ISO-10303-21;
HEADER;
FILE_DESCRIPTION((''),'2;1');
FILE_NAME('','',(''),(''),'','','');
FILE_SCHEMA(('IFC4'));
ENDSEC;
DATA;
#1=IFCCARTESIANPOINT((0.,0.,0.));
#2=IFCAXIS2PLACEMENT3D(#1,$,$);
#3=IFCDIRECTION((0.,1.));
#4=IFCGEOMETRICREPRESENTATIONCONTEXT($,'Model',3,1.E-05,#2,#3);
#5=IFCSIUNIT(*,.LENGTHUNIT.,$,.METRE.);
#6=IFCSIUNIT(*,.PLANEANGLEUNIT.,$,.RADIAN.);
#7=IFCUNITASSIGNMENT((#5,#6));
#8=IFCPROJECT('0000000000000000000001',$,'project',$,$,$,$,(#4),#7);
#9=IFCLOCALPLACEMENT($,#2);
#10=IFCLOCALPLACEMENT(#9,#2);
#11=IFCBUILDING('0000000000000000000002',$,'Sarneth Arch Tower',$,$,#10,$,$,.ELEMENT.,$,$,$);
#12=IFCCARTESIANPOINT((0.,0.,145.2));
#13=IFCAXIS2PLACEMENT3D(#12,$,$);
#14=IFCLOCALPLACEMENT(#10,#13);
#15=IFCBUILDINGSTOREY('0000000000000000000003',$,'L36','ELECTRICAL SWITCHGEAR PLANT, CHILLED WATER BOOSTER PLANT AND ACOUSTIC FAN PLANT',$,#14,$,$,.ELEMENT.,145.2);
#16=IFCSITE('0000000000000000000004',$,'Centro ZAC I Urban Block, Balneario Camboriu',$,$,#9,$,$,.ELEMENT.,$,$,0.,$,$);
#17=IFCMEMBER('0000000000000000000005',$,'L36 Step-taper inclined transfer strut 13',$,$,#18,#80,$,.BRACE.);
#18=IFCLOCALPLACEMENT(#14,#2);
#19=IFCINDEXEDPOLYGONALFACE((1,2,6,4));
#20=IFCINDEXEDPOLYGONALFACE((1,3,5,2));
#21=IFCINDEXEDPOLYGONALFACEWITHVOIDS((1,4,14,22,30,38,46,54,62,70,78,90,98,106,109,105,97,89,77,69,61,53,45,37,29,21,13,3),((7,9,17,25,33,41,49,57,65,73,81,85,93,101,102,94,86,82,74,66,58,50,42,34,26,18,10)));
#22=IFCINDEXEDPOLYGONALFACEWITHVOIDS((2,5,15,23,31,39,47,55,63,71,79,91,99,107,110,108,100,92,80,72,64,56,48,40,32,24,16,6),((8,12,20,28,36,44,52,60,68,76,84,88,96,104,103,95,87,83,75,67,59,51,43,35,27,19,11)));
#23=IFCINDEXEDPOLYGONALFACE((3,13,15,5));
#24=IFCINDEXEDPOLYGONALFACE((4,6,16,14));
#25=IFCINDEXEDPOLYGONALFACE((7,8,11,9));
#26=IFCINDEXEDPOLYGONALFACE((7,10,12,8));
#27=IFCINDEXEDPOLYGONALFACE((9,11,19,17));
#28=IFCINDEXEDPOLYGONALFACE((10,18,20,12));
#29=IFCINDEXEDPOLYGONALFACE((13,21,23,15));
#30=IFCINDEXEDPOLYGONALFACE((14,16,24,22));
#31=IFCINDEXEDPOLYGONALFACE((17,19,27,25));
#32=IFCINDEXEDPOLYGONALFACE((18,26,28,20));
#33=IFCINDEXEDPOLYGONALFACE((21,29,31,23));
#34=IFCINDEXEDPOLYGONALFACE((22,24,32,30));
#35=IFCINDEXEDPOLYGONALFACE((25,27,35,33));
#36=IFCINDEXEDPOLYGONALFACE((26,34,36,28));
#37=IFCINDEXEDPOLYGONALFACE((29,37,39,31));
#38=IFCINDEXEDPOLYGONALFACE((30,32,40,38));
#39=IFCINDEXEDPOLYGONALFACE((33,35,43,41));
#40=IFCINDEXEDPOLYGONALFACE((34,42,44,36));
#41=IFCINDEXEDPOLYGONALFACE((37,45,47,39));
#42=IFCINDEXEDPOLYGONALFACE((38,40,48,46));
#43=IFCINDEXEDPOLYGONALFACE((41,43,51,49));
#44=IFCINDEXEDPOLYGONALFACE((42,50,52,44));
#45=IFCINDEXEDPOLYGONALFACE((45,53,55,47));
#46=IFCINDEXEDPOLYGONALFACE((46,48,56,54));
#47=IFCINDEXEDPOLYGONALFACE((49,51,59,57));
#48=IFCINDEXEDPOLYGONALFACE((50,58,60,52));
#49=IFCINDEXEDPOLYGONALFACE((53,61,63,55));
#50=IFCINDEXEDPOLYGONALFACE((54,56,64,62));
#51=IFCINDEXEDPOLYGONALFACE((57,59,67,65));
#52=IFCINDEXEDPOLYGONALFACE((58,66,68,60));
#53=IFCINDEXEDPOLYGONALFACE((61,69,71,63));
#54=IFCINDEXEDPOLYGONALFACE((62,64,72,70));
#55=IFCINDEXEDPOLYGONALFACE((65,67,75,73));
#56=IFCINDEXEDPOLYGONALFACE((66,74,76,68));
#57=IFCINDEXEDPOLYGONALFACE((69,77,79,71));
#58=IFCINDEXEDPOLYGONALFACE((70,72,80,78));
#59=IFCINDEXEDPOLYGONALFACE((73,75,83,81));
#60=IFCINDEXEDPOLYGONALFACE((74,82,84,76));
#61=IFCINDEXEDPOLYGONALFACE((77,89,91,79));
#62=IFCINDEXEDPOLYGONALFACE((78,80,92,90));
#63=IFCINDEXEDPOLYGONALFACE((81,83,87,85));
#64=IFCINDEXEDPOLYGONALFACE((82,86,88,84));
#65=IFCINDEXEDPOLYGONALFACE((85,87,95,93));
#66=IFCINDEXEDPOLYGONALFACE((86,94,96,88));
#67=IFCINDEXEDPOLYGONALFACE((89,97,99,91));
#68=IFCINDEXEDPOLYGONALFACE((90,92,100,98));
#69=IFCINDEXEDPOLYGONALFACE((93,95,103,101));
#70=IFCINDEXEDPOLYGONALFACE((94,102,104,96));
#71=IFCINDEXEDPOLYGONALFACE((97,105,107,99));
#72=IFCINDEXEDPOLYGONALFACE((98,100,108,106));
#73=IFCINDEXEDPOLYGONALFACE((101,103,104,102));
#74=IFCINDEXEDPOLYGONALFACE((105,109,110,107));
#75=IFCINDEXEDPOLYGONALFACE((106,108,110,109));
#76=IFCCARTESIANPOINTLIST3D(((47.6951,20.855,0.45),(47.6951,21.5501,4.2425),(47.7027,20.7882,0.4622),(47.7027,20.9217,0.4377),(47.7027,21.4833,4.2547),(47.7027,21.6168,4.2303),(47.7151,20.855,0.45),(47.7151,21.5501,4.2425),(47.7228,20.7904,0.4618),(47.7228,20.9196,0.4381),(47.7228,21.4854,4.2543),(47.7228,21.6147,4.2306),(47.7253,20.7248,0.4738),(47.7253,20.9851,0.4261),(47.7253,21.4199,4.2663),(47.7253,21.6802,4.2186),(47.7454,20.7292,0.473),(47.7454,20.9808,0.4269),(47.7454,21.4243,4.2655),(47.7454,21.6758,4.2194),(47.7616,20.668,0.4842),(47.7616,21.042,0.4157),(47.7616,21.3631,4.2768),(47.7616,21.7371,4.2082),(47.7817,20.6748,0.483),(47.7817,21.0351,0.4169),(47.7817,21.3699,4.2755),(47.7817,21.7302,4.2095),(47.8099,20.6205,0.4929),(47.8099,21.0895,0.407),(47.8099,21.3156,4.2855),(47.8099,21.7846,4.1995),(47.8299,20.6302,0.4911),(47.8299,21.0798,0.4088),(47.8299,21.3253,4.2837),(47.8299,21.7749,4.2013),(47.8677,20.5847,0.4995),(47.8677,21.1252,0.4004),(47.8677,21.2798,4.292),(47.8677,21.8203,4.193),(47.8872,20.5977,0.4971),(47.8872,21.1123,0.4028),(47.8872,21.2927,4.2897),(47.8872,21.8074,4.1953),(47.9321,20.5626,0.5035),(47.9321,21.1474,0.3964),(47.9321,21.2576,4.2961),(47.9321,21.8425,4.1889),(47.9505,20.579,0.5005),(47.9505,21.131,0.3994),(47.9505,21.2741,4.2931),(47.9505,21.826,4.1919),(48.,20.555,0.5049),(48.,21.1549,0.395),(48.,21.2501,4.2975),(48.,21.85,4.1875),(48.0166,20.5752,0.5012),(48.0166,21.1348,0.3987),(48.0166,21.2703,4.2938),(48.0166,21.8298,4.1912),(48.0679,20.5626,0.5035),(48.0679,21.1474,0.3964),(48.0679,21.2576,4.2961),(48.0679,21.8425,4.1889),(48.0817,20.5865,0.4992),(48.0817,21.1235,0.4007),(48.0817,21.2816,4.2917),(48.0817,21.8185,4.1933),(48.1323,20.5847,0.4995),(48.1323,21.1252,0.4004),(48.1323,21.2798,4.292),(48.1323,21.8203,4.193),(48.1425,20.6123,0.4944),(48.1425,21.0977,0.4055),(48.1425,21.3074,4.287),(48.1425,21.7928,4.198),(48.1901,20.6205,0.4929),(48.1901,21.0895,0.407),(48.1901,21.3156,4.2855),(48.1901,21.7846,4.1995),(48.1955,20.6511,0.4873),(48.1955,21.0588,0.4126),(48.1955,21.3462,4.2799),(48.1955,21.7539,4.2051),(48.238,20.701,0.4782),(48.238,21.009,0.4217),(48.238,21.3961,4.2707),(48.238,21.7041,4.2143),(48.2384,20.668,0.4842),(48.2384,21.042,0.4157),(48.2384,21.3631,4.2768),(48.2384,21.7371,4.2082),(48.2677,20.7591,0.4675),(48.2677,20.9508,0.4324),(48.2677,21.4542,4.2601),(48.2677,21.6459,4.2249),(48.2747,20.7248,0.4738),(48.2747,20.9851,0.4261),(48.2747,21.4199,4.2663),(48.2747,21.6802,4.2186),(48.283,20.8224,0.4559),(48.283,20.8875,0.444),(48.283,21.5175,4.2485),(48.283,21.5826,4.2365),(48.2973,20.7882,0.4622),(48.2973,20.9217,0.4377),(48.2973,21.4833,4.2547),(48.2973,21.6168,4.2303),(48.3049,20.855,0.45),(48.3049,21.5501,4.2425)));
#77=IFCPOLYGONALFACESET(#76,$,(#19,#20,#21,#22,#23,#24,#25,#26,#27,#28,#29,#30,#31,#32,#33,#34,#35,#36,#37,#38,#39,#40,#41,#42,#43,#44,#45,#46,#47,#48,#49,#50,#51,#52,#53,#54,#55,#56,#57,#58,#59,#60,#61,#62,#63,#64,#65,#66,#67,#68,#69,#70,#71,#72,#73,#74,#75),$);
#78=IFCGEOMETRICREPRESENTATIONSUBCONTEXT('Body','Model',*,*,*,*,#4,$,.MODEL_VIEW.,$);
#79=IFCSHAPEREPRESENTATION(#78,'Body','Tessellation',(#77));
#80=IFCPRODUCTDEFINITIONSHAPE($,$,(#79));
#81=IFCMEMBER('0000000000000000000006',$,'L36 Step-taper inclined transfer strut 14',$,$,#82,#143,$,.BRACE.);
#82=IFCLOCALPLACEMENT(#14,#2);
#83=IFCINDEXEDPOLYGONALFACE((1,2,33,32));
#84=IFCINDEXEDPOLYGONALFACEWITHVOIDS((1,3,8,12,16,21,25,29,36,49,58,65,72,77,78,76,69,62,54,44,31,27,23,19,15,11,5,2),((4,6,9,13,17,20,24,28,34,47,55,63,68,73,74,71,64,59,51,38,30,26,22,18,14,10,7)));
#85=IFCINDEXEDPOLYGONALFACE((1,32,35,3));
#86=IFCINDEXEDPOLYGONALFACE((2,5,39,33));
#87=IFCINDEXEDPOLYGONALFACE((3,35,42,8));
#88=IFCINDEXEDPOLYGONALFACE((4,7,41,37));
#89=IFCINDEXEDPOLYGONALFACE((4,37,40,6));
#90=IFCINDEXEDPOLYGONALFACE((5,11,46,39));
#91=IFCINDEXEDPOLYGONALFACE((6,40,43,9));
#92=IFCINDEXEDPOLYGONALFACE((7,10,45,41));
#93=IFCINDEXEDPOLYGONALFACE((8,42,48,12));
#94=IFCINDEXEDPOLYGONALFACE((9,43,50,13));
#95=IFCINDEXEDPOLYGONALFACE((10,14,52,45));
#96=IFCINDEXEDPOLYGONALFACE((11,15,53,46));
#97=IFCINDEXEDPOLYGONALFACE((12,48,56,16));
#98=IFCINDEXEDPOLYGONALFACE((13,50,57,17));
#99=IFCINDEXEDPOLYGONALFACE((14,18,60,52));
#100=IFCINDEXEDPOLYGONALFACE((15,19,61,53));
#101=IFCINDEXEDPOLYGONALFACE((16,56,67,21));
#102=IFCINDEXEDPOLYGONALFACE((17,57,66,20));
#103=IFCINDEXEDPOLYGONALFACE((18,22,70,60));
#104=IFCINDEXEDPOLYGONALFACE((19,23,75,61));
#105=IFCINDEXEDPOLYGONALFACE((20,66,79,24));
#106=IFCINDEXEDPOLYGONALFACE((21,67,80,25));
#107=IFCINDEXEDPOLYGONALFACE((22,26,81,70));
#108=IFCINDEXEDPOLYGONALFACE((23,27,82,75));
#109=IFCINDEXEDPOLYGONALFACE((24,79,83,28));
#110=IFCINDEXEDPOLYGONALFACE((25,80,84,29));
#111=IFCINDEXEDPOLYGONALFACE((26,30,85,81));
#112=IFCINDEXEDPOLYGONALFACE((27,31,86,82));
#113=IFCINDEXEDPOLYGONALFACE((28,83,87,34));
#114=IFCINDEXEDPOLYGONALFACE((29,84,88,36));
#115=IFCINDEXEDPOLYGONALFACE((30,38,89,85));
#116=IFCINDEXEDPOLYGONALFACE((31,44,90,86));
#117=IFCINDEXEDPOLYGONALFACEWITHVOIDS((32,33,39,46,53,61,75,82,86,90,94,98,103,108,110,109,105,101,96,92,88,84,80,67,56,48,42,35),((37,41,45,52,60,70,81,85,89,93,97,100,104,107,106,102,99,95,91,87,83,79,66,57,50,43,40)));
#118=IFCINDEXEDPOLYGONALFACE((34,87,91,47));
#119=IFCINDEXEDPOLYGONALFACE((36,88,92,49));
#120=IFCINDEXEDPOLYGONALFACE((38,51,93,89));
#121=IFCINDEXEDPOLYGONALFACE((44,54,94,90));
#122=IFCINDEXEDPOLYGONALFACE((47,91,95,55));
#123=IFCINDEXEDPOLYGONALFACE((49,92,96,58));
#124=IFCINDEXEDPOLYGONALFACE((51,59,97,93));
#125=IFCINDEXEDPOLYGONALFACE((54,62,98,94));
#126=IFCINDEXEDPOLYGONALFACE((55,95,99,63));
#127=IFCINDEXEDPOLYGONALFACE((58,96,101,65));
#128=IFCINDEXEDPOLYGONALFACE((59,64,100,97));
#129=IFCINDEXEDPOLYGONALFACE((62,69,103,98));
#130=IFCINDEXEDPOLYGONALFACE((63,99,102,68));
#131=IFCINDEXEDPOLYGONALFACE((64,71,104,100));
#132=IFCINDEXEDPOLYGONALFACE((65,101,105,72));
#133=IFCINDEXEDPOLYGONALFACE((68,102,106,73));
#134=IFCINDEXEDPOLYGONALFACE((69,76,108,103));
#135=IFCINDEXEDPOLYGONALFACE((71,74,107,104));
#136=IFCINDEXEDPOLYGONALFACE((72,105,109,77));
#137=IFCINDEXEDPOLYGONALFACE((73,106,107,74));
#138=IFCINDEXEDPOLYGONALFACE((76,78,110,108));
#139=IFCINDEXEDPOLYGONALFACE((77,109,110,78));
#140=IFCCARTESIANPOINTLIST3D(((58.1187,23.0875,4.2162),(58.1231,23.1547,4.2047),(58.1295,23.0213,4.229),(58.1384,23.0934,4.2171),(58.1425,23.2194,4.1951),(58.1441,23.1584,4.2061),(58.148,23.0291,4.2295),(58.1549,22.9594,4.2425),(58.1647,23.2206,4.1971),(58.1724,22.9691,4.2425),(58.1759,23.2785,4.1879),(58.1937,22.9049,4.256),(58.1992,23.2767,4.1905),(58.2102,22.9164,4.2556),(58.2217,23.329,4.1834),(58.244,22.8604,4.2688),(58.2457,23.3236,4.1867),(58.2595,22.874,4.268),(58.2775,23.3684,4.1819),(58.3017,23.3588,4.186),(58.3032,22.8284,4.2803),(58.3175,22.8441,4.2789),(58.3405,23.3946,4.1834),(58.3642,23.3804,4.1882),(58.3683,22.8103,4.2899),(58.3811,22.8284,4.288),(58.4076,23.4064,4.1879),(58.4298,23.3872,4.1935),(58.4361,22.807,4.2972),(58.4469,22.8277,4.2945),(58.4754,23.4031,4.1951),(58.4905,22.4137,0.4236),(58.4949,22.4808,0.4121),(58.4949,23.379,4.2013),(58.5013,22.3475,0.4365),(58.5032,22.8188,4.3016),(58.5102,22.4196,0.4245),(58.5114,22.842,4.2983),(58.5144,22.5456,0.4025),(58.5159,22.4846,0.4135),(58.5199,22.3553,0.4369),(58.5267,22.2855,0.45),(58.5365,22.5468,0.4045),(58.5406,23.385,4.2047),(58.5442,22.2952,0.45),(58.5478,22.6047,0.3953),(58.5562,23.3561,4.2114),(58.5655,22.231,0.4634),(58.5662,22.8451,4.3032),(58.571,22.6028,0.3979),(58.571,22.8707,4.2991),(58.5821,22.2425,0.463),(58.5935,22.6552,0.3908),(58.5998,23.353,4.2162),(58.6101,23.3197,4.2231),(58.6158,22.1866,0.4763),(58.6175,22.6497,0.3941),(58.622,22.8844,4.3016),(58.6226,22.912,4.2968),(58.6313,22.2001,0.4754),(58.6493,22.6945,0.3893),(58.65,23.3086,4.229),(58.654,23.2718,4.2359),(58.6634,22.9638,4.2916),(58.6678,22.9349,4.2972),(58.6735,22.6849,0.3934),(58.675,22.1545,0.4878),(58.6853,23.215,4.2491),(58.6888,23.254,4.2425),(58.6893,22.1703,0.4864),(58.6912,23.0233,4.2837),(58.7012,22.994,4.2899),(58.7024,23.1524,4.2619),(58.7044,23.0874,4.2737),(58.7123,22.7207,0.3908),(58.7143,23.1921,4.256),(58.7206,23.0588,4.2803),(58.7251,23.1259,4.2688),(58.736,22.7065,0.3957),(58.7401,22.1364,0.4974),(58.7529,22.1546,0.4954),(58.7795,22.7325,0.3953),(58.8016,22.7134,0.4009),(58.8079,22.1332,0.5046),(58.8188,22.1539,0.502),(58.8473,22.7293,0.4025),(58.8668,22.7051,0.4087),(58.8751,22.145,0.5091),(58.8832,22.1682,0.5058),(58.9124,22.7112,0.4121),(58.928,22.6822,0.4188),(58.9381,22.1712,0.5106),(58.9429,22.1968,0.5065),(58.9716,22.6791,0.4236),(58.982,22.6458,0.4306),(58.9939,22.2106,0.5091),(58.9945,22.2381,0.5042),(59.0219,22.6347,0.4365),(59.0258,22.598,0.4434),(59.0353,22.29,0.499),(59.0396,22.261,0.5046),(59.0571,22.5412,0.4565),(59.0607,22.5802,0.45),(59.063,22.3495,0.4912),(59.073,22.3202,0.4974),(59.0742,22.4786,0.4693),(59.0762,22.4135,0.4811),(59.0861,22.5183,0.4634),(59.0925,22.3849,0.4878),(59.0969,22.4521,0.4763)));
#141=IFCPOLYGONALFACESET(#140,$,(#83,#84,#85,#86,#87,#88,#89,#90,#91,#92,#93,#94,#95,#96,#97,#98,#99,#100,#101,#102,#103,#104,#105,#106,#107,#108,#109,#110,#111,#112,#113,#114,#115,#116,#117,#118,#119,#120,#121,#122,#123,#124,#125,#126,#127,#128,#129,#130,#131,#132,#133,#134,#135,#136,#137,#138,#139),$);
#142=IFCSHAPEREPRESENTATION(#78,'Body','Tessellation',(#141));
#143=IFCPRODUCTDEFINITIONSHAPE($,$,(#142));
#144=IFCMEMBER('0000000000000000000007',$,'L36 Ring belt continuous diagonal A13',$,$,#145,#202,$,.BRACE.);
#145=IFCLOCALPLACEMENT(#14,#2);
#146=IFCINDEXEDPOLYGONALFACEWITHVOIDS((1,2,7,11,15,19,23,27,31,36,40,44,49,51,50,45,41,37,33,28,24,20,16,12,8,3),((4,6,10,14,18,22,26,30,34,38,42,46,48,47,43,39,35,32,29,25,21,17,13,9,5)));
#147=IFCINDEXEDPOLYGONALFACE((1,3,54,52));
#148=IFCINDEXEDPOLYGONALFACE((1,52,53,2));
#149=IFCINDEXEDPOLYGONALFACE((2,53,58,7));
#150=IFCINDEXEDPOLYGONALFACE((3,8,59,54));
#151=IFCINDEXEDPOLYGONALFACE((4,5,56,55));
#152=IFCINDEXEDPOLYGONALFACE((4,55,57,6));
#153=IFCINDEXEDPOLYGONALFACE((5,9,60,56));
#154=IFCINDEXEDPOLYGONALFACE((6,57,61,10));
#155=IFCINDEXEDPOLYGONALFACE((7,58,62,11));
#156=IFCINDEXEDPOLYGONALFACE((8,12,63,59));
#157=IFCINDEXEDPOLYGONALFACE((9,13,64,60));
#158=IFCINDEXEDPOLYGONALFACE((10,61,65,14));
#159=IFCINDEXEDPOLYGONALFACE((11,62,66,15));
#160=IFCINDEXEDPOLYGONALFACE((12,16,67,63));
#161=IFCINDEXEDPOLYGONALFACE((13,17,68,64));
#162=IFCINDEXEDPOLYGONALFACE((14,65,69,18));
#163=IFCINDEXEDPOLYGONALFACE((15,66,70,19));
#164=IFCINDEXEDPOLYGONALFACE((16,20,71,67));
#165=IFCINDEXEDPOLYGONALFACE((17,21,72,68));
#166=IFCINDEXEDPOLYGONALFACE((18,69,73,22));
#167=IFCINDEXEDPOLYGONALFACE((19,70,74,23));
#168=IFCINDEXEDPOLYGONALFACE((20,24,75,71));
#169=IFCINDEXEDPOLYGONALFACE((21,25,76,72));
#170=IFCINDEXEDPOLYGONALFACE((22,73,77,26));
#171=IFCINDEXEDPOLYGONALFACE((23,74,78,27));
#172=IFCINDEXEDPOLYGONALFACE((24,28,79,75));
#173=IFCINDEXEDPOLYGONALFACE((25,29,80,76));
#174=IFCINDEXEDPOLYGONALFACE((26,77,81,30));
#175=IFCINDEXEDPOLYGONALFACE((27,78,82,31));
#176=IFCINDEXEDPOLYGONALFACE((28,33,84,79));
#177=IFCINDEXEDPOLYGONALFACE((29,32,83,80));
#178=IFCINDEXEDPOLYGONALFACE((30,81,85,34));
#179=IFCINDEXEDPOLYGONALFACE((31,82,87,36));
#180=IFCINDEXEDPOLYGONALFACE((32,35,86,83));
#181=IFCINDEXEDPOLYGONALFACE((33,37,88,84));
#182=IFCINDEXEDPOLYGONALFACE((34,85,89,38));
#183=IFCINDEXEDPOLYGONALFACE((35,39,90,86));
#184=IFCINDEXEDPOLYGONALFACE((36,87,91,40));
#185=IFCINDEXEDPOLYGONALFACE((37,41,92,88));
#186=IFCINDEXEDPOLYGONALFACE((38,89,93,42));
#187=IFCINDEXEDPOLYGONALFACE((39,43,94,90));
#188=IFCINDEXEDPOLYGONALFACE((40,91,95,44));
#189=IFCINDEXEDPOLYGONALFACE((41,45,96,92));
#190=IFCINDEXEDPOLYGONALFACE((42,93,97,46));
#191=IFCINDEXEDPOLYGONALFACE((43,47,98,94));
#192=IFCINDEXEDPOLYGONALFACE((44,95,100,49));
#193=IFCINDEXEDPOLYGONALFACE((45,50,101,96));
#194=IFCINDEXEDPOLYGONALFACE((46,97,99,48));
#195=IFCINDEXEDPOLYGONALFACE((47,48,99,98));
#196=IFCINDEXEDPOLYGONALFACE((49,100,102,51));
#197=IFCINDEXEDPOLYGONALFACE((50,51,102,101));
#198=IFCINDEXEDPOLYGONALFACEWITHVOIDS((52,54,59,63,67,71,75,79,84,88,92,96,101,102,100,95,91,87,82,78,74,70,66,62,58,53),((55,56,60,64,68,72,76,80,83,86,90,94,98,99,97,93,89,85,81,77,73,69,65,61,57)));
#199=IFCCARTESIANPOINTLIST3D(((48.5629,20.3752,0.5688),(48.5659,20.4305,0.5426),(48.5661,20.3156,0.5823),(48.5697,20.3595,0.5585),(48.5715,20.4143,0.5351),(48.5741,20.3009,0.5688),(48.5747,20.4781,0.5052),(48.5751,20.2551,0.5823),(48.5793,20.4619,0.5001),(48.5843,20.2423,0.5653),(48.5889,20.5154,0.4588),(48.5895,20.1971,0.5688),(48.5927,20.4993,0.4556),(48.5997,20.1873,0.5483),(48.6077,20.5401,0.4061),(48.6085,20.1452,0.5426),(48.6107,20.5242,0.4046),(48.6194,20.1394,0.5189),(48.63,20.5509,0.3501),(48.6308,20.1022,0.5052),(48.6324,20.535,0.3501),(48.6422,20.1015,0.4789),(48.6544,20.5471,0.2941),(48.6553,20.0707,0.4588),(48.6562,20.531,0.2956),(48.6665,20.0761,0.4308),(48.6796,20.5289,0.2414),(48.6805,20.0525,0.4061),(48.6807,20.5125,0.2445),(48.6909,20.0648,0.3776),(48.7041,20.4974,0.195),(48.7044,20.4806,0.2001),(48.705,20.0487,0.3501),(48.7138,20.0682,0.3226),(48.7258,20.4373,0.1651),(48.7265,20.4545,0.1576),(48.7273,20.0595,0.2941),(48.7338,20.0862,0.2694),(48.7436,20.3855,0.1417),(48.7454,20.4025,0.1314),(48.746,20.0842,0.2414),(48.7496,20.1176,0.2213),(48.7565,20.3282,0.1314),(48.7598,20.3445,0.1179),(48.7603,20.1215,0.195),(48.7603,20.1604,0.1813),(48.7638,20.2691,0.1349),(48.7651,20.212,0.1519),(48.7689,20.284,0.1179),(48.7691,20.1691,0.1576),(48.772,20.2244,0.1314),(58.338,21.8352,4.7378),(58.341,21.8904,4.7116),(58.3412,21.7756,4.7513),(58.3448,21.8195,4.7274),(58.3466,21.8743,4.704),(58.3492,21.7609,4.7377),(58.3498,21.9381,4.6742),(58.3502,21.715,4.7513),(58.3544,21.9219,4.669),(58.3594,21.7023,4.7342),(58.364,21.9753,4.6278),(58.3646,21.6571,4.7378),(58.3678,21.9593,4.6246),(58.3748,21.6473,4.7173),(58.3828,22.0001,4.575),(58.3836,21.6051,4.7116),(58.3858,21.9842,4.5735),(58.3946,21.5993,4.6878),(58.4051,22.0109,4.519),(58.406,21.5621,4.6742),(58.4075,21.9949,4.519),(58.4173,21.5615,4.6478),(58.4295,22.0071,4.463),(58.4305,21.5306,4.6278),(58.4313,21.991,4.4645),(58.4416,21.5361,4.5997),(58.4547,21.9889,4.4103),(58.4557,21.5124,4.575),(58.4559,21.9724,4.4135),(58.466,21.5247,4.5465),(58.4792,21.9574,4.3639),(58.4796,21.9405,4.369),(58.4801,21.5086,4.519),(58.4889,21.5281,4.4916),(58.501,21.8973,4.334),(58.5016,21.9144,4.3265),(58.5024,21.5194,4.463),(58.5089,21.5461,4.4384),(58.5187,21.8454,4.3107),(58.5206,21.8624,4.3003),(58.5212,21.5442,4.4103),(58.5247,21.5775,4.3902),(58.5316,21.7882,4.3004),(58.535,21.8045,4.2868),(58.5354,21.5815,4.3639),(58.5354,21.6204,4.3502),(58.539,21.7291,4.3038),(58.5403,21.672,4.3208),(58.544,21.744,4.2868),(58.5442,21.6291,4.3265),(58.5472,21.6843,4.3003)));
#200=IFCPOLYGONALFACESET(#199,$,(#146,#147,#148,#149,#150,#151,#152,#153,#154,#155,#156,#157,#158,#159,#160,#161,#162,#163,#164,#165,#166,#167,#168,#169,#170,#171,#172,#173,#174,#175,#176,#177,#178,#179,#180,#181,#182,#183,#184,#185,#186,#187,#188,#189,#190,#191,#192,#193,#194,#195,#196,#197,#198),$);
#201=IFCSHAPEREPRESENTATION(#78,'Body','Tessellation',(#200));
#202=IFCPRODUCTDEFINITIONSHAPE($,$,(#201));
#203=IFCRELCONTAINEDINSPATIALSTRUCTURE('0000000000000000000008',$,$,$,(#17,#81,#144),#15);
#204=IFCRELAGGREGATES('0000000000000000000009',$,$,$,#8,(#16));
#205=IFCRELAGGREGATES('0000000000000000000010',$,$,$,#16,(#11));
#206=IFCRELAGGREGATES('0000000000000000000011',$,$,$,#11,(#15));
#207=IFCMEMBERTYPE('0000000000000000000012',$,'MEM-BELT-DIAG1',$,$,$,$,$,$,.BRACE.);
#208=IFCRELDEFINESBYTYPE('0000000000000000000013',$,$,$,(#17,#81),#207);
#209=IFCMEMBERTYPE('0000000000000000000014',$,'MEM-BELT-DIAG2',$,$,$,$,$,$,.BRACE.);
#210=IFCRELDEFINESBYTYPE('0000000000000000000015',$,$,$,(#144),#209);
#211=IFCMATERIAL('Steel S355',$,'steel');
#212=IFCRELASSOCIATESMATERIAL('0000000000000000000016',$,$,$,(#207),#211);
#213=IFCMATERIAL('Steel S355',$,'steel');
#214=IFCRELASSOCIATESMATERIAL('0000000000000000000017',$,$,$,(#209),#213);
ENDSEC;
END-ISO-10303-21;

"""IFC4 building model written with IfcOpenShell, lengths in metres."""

from ifc_helpers import new_model, si_unit, direction, frame, origin, origin_2d, place, context, subcontext, project, spatial, hollow_circle, extrude, material, material_profile, profile_set, type_object, element, save


model = new_model("IFC4")

# Units and contexts
model_context = context("Model", 3, precision=1e-05, world=origin(), true_north=direction((0.0, 1.0)))
body_context = subcontext(model_context, "Body", "Model", "MODEL_VIEW")
ifc_project = project(units=[si_unit("LENGTHUNIT", "METRE"), si_unit("PLANEANGLEUNIT", "RADIAN")], contexts=[model_context])

# Site, building, storey
site_placement = place(None, origin())
site = spatial("IfcSite", under=ifc_project, at=site_placement, Name="Centro ZAC I Urban Block, Balneario Camboriu", CompositionType="ELEMENT", RefElevation=0.0)
building_placement = place(site_placement, origin())
building = spatial("IfcBuilding", under=site, at=building_placement, Name="Sarneth Arch Tower", CompositionType="ELEMENT")
storey_placement = place(building_placement, frame((0.0, 0.0, 145.2)))
storey = spatial("IfcBuildingStorey", under=building, at=storey_placement, Name="L36", Description="ELECTRICAL SWITCHGEAR PLANT, CHILLED WATER BOOSTER PLANT AND ACOUSTIC FAN PLANT", CompositionType="ELEMENT", Elevation=145.2)

# Members
ifc_material_1 = material(Name="Steel S355", Category="steel")
ifc_material_profile_1 = material_profile(ifc_material_1, hollow_circle(Radius=0.3049, WallThickness=0.02, at=origin_2d()), Name="CHS610x20")
ifc_profile_set_1 = profile_set([ifc_material_profile_1], Name="Steel S355")
member_type_1 = type_object("IfcMemberType", Name="MEM-BELT-DIAG1", PredefinedType="BRACE", material=ifc_profile_set_1)
member_1_placement = place(storey_placement, frame((48.0, 20.855, 0.45), z_axis=(0.0, 0.180273, 0.983617), x_axis=(-1.0, 0.0, 0.0)))
element("IfcMember", 1, at=member_1_placement, inside=storey, type_object=member_type_1, Name="L36 Step-taper inclined transfer strut 13", PredefinedType="BRACE", context=body_context, shape_type="SweptSolid", body=[
    extrude(hollow_circle(Radius=0.3049, WallThickness=0.02, at=origin_2d()), origin(), (0.0, 0.0, 1.0), 3.8557),
])
member_2_placement = place(storey_placement, frame((58.7937, 22.4329, 0.45), z_axis=(-0.096085, 0.174126, 0.980025), x_axis=(-0.875545, -0.483136, 0.0)))
element("IfcMember", 2, at=member_2_placement, inside=storey, type_object=member_type_1, Name="L36 Step-taper inclined transfer strut 14", PredefinedType="BRACE", context=body_context, shape_type="SweptSolid", body=[
    extrude(hollow_circle(Radius=0.3049, WallThickness=0.02, at=origin_2d()), origin(), (0.0, 0.0, 1.0), 3.8699),
])
ifc_material_2 = material(Name="Steel S355", Category="steel")
ifc_material_profile_2 = material_profile(ifc_material_2, hollow_circle(Radius=0.2539, WallThickness=0.0161, at=origin_2d()), Name="CHS508x16")
ifc_profile_set_2 = profile_set([ifc_material_profile_2], Name="Steel S355")
member_type_2 = type_object("IfcMemberType", Name="MEM-BELT-DIAG2", PredefinedType="BRACE", material=ifc_profile_set_2)
member_3_placement = place(storey_placement, frame((48.6675, 20.2998, 0.3501), z_axis=(0.911279, 0.136104, 0.388646), x_axis=(-0.147716, 0.98903, 0.0)))
element("IfcMember", 3, at=member_3_placement, inside=storey, type_object=member_type_2, Name="L36 Ring belt continuous diagonal A13", PredefinedType="BRACE", context=body_context, shape_type="SweptSolid", body=[
    extrude(hollow_circle(Radius=0.2539, WallThickness=0.0161, at=origin_2d()), origin(), (0.0, 0.0, 1.0), 10.7268),
])

save(model, "model.ifc")
